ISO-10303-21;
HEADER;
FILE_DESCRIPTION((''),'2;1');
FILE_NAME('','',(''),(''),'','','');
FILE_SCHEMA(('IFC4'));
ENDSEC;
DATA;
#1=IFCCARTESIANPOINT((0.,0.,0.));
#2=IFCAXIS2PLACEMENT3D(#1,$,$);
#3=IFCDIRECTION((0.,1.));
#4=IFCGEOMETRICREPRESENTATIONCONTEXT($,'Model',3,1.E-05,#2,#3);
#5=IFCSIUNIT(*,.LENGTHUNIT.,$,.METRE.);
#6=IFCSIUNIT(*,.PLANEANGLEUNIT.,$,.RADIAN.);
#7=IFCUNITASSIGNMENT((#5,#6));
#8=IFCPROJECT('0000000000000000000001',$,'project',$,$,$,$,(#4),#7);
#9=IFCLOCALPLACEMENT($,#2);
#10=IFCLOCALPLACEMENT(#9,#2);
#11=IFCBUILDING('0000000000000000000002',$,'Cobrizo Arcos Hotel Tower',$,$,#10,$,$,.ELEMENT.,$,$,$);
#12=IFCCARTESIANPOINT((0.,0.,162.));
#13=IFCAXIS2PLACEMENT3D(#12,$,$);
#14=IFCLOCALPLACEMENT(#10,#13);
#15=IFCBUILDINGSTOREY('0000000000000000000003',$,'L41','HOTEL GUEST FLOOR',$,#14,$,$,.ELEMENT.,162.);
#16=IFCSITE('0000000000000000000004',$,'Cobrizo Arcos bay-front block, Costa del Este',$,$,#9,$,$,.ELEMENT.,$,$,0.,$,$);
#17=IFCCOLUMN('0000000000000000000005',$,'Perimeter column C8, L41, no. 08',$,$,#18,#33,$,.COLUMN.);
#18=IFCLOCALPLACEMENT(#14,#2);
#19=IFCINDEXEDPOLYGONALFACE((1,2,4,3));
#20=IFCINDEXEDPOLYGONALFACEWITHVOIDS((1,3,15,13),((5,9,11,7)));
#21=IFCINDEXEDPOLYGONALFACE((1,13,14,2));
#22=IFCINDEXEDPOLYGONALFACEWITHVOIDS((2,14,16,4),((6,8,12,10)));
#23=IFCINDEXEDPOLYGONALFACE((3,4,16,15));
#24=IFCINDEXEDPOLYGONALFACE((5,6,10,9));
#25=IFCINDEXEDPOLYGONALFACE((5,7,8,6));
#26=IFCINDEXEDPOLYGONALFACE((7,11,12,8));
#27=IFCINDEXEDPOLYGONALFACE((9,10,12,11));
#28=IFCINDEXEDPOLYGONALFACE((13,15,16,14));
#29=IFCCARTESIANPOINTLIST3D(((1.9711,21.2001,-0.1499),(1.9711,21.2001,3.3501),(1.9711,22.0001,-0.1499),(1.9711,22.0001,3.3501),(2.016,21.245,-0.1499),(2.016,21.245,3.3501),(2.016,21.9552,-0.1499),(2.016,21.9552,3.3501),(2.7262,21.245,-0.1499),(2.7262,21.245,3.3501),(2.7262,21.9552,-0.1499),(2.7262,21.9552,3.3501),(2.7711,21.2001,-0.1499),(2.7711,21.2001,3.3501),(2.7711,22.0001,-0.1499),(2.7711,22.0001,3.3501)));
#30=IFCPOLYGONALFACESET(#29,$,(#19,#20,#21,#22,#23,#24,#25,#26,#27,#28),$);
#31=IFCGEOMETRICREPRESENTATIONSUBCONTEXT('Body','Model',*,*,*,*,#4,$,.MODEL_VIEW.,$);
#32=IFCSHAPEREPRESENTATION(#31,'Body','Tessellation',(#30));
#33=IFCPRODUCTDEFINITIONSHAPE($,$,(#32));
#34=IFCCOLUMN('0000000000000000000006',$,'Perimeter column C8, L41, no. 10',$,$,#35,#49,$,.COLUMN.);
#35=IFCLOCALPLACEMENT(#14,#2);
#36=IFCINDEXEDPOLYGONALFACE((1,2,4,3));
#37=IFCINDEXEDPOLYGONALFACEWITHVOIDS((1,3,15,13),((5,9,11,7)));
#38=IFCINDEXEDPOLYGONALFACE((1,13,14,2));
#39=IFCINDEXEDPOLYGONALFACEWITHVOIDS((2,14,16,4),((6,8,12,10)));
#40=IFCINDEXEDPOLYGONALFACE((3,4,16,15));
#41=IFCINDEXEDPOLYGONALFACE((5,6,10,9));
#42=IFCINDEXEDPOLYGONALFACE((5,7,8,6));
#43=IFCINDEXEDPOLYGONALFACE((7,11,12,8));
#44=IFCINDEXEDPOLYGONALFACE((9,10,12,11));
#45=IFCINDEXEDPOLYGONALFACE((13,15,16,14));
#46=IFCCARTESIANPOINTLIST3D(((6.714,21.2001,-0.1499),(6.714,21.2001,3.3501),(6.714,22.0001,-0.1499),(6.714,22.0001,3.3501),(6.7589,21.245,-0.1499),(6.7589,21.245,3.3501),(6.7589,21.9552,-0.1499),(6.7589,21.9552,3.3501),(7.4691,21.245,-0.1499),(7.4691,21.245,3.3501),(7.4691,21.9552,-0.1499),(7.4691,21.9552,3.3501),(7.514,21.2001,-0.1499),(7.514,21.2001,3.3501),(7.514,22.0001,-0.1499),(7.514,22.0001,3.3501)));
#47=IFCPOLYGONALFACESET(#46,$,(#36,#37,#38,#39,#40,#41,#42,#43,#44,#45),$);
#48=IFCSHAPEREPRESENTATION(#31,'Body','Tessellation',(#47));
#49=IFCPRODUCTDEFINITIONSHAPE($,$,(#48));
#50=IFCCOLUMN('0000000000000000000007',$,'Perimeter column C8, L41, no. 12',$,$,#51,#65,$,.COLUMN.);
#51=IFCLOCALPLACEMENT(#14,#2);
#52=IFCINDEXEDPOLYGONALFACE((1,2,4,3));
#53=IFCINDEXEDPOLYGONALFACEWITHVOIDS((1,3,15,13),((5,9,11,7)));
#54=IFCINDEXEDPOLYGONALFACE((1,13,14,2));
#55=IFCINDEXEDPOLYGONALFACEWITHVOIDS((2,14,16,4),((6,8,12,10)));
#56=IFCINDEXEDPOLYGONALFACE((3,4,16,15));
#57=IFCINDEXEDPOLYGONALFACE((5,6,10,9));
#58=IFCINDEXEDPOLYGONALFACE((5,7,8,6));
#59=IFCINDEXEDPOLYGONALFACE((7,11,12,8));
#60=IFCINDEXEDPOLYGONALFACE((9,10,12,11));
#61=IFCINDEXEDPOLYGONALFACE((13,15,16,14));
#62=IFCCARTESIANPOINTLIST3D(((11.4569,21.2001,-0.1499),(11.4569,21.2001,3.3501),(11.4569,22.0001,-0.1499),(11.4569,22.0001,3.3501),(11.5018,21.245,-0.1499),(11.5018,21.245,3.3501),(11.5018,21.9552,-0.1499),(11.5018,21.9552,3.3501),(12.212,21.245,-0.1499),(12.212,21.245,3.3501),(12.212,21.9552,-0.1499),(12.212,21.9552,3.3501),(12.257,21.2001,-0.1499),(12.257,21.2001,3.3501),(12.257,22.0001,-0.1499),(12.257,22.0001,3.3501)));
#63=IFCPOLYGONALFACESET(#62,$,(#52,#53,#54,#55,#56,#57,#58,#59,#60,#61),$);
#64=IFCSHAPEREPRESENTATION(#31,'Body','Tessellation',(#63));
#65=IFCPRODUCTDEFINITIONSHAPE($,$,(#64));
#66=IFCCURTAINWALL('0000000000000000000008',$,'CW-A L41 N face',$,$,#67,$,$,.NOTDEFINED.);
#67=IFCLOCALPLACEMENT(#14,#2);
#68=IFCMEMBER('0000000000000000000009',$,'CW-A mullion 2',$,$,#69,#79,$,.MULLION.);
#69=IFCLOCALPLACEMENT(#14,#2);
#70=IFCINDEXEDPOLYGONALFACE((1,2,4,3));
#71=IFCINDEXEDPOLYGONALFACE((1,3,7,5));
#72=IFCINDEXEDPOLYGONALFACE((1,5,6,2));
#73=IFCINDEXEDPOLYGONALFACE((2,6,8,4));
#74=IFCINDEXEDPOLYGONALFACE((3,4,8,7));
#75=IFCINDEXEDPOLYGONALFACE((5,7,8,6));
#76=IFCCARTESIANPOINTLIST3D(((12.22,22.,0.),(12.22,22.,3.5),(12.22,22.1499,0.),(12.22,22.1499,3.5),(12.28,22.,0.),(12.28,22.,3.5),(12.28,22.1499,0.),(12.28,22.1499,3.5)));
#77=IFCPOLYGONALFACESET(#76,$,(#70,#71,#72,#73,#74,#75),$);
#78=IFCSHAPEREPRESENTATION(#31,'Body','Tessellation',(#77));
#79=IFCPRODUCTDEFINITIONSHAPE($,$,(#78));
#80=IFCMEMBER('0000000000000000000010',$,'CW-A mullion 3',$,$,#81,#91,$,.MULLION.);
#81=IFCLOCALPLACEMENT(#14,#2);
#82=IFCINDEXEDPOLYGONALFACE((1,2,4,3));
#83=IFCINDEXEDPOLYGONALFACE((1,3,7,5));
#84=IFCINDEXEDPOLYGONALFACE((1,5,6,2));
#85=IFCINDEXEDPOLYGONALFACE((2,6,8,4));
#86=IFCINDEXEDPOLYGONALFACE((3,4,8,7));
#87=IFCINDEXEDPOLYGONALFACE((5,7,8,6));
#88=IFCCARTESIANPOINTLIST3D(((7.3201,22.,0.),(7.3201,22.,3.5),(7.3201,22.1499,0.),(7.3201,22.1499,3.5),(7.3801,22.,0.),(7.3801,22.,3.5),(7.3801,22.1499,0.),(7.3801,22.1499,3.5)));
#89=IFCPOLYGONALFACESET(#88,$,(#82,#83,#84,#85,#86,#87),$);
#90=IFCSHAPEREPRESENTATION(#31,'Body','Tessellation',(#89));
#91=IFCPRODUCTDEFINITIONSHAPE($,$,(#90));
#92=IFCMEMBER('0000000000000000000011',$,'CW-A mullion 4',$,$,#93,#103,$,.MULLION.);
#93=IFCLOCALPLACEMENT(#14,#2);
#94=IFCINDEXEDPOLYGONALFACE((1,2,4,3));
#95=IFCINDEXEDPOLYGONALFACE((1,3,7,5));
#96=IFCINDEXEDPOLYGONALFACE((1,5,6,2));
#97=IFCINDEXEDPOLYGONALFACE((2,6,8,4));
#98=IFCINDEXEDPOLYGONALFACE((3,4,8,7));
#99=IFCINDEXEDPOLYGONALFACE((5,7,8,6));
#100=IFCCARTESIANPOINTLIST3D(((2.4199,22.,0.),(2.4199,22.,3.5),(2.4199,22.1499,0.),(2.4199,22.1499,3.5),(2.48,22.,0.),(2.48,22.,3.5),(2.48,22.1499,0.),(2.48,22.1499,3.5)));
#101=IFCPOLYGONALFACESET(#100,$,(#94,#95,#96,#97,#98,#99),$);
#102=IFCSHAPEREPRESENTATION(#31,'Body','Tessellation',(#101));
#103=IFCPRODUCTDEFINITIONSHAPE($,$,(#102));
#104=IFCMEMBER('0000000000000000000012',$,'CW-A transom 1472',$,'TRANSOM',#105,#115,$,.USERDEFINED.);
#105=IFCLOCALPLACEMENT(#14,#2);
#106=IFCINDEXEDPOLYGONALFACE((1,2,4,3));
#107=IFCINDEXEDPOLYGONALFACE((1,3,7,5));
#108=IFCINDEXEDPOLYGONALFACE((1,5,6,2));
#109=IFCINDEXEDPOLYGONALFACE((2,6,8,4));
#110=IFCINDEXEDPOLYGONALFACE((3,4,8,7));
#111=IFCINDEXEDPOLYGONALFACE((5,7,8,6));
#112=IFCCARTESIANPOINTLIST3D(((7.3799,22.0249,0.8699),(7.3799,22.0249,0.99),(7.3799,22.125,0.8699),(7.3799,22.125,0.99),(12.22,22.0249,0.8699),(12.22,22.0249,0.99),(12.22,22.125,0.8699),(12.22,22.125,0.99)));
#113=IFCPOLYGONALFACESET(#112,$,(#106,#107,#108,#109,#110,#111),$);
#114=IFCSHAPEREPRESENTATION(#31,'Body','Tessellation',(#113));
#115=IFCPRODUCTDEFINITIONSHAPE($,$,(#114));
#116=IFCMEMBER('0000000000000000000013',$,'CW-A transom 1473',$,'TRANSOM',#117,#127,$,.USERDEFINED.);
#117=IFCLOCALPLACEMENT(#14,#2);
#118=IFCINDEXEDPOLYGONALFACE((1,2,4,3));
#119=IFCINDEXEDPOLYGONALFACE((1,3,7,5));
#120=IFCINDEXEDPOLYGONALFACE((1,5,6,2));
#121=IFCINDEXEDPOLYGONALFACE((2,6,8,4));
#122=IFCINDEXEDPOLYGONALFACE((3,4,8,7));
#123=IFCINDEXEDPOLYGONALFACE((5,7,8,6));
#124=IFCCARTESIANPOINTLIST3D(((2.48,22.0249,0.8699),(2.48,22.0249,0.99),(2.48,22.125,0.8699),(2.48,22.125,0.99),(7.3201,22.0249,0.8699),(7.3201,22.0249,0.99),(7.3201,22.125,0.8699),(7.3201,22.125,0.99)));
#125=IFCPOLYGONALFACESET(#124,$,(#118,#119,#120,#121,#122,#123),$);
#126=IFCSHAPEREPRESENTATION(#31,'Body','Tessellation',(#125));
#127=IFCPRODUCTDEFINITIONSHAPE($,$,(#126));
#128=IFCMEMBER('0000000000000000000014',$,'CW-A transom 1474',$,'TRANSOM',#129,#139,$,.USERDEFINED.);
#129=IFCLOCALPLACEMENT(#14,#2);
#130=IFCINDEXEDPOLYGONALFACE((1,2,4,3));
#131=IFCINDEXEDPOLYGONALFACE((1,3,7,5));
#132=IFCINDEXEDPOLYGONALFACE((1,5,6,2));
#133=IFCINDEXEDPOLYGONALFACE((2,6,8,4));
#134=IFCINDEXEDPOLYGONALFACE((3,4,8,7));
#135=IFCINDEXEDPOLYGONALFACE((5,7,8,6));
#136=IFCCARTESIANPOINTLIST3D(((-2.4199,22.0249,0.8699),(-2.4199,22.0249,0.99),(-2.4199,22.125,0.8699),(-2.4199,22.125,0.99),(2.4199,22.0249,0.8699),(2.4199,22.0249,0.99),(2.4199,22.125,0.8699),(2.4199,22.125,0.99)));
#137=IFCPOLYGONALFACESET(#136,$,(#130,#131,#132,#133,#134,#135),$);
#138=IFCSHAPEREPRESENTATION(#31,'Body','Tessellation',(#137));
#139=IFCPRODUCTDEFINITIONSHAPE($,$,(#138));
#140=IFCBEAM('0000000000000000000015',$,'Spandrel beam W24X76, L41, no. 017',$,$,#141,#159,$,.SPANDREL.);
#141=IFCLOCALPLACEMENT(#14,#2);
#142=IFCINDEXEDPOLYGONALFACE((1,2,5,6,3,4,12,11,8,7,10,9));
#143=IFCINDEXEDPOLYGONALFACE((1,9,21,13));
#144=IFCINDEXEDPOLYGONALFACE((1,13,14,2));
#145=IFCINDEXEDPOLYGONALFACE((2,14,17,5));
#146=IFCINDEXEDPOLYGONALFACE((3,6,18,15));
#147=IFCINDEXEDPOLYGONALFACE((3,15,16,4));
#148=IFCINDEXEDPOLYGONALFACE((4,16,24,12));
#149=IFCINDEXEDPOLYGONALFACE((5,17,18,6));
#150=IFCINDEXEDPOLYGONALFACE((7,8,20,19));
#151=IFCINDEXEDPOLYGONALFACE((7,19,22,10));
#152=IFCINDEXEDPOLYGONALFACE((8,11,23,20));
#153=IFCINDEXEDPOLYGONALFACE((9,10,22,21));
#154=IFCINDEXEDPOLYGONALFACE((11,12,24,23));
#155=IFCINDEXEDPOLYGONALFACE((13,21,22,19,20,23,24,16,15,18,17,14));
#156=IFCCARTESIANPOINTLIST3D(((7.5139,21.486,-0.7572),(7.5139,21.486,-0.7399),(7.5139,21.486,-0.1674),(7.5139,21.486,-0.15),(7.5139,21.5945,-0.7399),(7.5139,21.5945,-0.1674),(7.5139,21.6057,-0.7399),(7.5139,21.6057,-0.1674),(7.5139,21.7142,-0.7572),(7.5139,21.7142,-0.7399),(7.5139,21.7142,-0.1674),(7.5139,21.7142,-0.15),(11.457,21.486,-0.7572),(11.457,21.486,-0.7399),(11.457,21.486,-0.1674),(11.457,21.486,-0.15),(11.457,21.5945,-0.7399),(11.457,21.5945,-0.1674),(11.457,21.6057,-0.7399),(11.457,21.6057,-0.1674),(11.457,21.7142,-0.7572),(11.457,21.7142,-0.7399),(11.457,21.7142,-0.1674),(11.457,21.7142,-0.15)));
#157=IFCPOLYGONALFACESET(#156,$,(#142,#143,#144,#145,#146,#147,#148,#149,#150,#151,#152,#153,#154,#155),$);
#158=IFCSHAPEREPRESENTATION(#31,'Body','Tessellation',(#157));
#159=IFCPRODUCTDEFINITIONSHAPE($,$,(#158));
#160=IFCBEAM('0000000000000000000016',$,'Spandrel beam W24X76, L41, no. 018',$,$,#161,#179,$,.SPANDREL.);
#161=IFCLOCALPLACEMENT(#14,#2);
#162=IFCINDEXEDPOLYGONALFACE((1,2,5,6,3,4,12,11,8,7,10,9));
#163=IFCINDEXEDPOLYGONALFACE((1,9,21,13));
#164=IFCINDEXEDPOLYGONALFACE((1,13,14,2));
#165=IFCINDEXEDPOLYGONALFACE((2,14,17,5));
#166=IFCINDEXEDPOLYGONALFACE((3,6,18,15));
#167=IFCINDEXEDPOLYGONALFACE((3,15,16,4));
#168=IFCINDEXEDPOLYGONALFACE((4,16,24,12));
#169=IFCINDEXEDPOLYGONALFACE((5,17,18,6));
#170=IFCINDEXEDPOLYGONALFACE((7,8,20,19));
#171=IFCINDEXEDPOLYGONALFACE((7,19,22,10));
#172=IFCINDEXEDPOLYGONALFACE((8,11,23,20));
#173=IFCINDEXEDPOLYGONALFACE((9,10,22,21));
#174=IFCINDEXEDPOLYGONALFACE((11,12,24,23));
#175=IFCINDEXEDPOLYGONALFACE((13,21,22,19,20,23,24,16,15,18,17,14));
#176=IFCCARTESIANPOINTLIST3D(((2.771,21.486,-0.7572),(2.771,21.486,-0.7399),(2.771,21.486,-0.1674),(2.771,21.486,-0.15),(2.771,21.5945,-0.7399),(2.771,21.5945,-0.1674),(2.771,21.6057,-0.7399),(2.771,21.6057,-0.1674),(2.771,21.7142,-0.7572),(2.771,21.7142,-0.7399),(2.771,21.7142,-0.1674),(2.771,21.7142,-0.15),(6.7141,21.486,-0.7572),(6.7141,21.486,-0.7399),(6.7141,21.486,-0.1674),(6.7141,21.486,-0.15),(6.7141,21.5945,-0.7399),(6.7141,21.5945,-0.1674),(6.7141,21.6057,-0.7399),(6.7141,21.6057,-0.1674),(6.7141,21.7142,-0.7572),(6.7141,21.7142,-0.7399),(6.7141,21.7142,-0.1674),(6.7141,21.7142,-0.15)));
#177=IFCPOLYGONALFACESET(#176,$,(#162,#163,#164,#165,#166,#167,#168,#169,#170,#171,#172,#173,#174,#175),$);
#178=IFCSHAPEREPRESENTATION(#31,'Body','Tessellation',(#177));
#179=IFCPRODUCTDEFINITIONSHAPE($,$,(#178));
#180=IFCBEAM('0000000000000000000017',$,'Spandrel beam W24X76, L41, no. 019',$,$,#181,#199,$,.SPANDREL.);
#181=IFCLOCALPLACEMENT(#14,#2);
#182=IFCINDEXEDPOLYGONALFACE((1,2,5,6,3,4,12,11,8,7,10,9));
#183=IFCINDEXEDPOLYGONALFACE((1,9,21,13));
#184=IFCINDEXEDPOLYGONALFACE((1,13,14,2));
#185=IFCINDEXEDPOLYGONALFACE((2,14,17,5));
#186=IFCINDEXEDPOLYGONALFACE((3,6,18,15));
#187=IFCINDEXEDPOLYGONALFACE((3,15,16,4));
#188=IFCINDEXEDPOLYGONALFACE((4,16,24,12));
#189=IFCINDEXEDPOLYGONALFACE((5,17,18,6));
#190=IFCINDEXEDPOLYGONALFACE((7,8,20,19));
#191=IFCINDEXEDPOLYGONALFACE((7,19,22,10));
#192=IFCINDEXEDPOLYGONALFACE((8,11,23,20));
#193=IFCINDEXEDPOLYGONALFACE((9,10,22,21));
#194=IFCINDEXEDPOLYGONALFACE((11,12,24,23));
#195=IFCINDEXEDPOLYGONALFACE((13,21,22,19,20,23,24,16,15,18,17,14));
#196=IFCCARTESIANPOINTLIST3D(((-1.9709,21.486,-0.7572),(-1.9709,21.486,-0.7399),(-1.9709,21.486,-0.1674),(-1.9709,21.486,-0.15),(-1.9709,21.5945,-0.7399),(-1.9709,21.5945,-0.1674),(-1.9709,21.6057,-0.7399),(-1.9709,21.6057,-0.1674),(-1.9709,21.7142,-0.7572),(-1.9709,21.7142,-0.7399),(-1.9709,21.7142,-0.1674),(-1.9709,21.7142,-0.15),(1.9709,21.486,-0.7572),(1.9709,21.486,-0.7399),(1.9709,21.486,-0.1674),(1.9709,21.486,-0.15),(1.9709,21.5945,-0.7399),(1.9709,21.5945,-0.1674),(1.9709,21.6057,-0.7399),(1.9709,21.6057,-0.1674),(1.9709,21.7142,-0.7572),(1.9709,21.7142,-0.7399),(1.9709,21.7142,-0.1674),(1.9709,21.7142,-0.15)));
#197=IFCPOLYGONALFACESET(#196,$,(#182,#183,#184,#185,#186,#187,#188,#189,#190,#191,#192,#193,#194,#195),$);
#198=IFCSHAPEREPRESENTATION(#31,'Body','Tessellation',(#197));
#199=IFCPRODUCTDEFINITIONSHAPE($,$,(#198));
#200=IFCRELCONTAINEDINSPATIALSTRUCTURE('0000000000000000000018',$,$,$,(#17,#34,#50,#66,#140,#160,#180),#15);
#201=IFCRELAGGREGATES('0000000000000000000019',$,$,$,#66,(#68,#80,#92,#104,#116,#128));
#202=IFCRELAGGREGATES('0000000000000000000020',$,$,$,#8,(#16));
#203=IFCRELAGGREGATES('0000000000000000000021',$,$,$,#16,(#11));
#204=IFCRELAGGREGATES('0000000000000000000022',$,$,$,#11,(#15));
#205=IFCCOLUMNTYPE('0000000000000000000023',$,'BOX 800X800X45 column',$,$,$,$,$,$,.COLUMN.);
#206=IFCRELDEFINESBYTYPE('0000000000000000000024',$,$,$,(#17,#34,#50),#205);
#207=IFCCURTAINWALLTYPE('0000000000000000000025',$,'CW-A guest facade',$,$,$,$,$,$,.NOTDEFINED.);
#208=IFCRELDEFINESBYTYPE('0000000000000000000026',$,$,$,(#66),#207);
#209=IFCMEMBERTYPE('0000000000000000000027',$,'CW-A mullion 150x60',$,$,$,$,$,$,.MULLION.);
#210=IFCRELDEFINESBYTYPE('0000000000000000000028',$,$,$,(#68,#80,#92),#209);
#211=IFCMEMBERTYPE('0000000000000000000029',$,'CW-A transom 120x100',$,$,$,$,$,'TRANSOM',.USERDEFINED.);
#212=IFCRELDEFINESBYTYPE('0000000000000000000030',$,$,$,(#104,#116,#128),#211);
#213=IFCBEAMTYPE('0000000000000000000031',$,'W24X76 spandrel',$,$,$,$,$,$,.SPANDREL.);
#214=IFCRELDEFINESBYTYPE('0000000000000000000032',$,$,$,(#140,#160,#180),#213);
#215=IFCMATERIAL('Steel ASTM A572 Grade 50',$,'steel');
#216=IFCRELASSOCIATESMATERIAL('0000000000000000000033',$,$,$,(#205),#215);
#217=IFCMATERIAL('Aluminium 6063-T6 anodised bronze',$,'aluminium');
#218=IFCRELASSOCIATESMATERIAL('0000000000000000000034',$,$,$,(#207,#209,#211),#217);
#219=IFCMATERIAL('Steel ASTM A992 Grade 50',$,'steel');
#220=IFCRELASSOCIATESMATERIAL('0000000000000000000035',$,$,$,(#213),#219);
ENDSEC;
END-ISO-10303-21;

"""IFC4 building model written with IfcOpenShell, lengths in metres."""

from ifc_helpers import new_model, si_unit, direction, frame, origin, origin_2d, place, context, subcontext, project, spatial, rectangle, hollow_rectangle, i_section, extrude, material, material_profile, profile_set, type_object, element, aggregate, save


model = new_model("IFC4")

# Units and contexts
model_context = context("Model", 3, precision=1e-05, world=origin(), true_north=direction((0.0, 1.0)))
body_context = subcontext(model_context, "Body", "Model", "MODEL_VIEW")
ifc_project = project(units=[si_unit("LENGTHUNIT", "METRE"), si_unit("PLANEANGLEUNIT", "RADIAN")], contexts=[model_context])

# Site, building, storey
site_placement = place(None, origin())
site = spatial("IfcSite", under=ifc_project, at=site_placement, Name="Cobrizo Arcos bay-front block, Costa del Este", CompositionType="ELEMENT", RefElevation=0.0)
building_placement = place(site_placement, origin())
building = spatial("IfcBuilding", under=site, at=building_placement, Name="Cobrizo Arcos Hotel Tower", CompositionType="ELEMENT")
storey_placement = place(building_placement, frame((0.0, 0.0, 162.0)))
storey = spatial("IfcBuildingStorey", under=building, at=storey_placement, Name="L41", Description="HOTEL GUEST FLOOR", CompositionType="ELEMENT", Elevation=162.0)

# Columns
ifc_material_1 = material(Name="Steel ASTM A572 Grade 50", Category="steel")
ifc_material_profile_1 = material_profile(ifc_material_1, hollow_rectangle(XDim=0.8, YDim=0.8, WallThickness=0.0449, at=origin_2d()), Name="BOX 800X800X45")
ifc_profile_set_1 = profile_set([ifc_material_profile_1], Name="Steel ASTM A572 Grade 50")
column_type = type_object("IfcColumnType", Name="BOX 800X800X45 column", PredefinedType="COLUMN", material=ifc_profile_set_1)
for number, where, z_axis, x_axis, name in (
    (1, (2.3711, 21.6001, -0.1499), (0.0, 0.0, 1.0), (1.0, 0.0, 0.0), "Perimeter column C8, L41, no. 08"),
    (2, (7.114, 21.6001, -0.1499), (0.0, 0.0, 1.0), (1.0, 0.0, 0.0), "Perimeter column C8, L41, no. 10"),
    (3, (11.8569, 21.6001, -0.1499), (0.0, 0.0, 1.0), (1.0, 0.0, 0.0), "Perimeter column C8, L41, no. 12"),
):
    element("IfcColumn", number, at=place(storey_placement, frame(where, z_axis=z_axis, x_axis=x_axis)), inside=storey, type_object=column_type, Name=name, PredefinedType="COLUMN", context=body_context, shape_type="SweptSolid", body=[
        extrude(hollow_rectangle(XDim=0.8, YDim=0.8, WallThickness=0.0449, at=origin_2d()), origin(), (0.0, 0.0, 1.0), 3.5),
    ])

# Curtain wall, members
ifc_material_2 = material(Name="Aluminium 6063-T6 anodised bronze", Category="aluminium")
curtain_wall_type = type_object("IfcCurtainWallType", Name="CW-A guest facade", PredefinedType="NOTDEFINED", material=ifc_material_2)
curtain_wall_placement = place(storey_placement, origin())
curtain_wall = element("IfcCurtainWall", 4, at=curtain_wall_placement, inside=storey, type_object=curtain_wall_type, Name="CW-A L41 N face", PredefinedType="NOTDEFINED")
ifc_material_profile_2 = material_profile(ifc_material_2, rectangle(XDim=0.1499, YDim=0.0601, at=origin_2d()), Name="CW-A mullion 150x60")
ifc_profile_set_2 = profile_set([ifc_material_profile_2], Name="Aluminium 6063-T6 anodised bronze")
member_type_1 = type_object("IfcMemberType", Name="CW-A mullion 150x60", PredefinedType="MULLION", material=ifc_profile_set_2)
member_1_placement = place(storey_placement, frame((12.25, 22.075, 0.0), z_axis=(0.0, 0.0, 1.0), x_axis=(0.0, 1.0, 0.0)))
member_1 = element("IfcMember", 5, at=member_1_placement, type_object=member_type_1, Name="CW-A mullion 2", PredefinedType="MULLION", context=body_context, shape_type="SweptSolid", body=[
    extrude(rectangle(XDim=0.1499, YDim=0.0601, at=origin_2d()), origin(), (0.0, 0.0, 1.0), 3.5),
])
member_2_placement = place(storey_placement, frame((7.3501, 22.075, 0.0), z_axis=(0.0, 0.0, 1.0), x_axis=(0.0, 1.0, 0.0)))
member_2 = element("IfcMember", 6, at=member_2_placement, type_object=member_type_1, Name="CW-A mullion 3", PredefinedType="MULLION", context=body_context, shape_type="SweptSolid", body=[
    extrude(rectangle(XDim=0.1499, YDim=0.0601, at=origin_2d()), origin(), (0.0, 0.0, 1.0), 3.5),
])
member_3_placement = place(storey_placement, frame((2.45, 22.075, 0.0), z_axis=(0.0, 0.0, 1.0), x_axis=(0.0, 1.0, 0.0)))
member_3 = element("IfcMember", 7, at=member_3_placement, type_object=member_type_1, Name="CW-A mullion 4", PredefinedType="MULLION", context=body_context, shape_type="SweptSolid", body=[
    extrude(rectangle(XDim=0.1499, YDim=0.0601, at=origin_2d()), origin(), (0.0, 0.0, 1.0), 3.5),
])
ifc_material_profile_3 = material_profile(ifc_material_2, rectangle(XDim=0.1001, YDim=0.1201, at=origin_2d()), Name="CW-A transom 120x100")
ifc_profile_set_3 = profile_set([ifc_material_profile_3], Name="Aluminium 6063-T6 anodised bronze")
member_type_2 = type_object("IfcMemberType", Name="CW-A transom 120x100", ElementType="TRANSOM", PredefinedType="USERDEFINED", material=ifc_profile_set_3)
member_4_placement = place(storey_placement, frame((12.22, 22.075, 0.9299), z_axis=(-1.0, 0.0, 0.0), x_axis=(0.0, -1.0, 0.0)))
member_4 = element("IfcMember", 8, at=member_4_placement, type_object=member_type_2, Name="CW-A transom 1472", ObjectType="TRANSOM", PredefinedType="USERDEFINED", context=body_context, shape_type="SweptSolid", body=[
    extrude(rectangle(XDim=0.1001, YDim=0.1201, at=origin_2d()), origin(), (0.0, 0.0, 1.0), 4.8401),
])
member_5_placement = place(storey_placement, frame((7.3201, 22.075, 0.9299), z_axis=(-1.0, 0.0, 0.0), x_axis=(0.0, -1.0, 0.0)))
member_5 = element("IfcMember", 9, at=member_5_placement, type_object=member_type_2, Name="CW-A transom 1473", ObjectType="TRANSOM", PredefinedType="USERDEFINED", context=body_context, shape_type="SweptSolid", body=[
    extrude(rectangle(XDim=0.1001, YDim=0.1201, at=origin_2d()), origin(), (0.0, 0.0, 1.0), 4.8401),
])
member_6_placement = place(storey_placement, frame((2.4199, 22.075, 0.9299), z_axis=(-1.0, 0.0, 0.0), x_axis=(0.0, -1.0, 0.0)))
member_6 = element("IfcMember", 10, at=member_6_placement, type_object=member_type_2, Name="CW-A transom 1474", ObjectType="TRANSOM", PredefinedType="USERDEFINED", context=body_context, shape_type="SweptSolid", body=[
    extrude(rectangle(XDim=0.1001, YDim=0.1201, at=origin_2d()), origin(), (0.0, 0.0, 1.0), 4.8398),
])

# Beams
ifc_material_3 = material(Name="Steel ASTM A992 Grade 50", Category="steel")
ifc_material_profile_4 = material_profile(ifc_material_3, i_section(OverallWidth=0.2283, OverallDepth=0.6072, WebThickness=0.0112, FlangeThickness=0.0173, at=origin_2d()), Name="W24X76")
ifc_profile_set_4 = profile_set([ifc_material_profile_4], Name="Steel ASTM A992 Grade 50")
beam_type = type_object("IfcBeamType", Name="W24X76 spandrel", PredefinedType="SPANDREL", material=ifc_profile_set_4)
for number, where, z_axis, x_axis, name in (
    (11, (11.457, 21.6001, -0.4536), (-1.0, 0.0, 0.0), (0.0, -1.0, 0.0), "Spandrel beam W24X76, L41, no. 017"),
    (12, (6.7141, 21.6001, -0.4536), (-1.0, 0.0, 0.0), (0.0, -1.0, 0.0), "Spandrel beam W24X76, L41, no. 018"),
):
    element("IfcBeam", number, at=place(storey_placement, frame(where, z_axis=z_axis, x_axis=x_axis)), inside=storey, type_object=beam_type, Name=name, PredefinedType="SPANDREL", context=body_context, shape_type="SweptSolid", body=[
        extrude(i_section(OverallWidth=0.2283, OverallDepth=0.6072, WebThickness=0.0112, FlangeThickness=0.0173, at=origin_2d()), origin(), (0.0, 0.0, 1.0), 3.9431),
    ])
beam_placement = place(storey_placement, frame((1.9709, 21.6001, -0.4536), z_axis=(-1.0, 0.0, 0.0), x_axis=(0.0, -1.0, 0.0)))
element("IfcBeam", 13, at=beam_placement, inside=storey, type_object=beam_type, Name="Spandrel beam W24X76, L41, no. 019", PredefinedType="SPANDREL", context=body_context, shape_type="SweptSolid", body=[
    extrude(i_section(OverallWidth=0.2283, OverallDepth=0.6072, WebThickness=0.0112, FlangeThickness=0.0173, at=origin_2d()), origin(), (0.0, 0.0, 1.0), 3.9419),
])

aggregate(curtain_wall, [member_1, member_2, member_3, member_4, member_5, member_6])

save(model, "model.ifc")
